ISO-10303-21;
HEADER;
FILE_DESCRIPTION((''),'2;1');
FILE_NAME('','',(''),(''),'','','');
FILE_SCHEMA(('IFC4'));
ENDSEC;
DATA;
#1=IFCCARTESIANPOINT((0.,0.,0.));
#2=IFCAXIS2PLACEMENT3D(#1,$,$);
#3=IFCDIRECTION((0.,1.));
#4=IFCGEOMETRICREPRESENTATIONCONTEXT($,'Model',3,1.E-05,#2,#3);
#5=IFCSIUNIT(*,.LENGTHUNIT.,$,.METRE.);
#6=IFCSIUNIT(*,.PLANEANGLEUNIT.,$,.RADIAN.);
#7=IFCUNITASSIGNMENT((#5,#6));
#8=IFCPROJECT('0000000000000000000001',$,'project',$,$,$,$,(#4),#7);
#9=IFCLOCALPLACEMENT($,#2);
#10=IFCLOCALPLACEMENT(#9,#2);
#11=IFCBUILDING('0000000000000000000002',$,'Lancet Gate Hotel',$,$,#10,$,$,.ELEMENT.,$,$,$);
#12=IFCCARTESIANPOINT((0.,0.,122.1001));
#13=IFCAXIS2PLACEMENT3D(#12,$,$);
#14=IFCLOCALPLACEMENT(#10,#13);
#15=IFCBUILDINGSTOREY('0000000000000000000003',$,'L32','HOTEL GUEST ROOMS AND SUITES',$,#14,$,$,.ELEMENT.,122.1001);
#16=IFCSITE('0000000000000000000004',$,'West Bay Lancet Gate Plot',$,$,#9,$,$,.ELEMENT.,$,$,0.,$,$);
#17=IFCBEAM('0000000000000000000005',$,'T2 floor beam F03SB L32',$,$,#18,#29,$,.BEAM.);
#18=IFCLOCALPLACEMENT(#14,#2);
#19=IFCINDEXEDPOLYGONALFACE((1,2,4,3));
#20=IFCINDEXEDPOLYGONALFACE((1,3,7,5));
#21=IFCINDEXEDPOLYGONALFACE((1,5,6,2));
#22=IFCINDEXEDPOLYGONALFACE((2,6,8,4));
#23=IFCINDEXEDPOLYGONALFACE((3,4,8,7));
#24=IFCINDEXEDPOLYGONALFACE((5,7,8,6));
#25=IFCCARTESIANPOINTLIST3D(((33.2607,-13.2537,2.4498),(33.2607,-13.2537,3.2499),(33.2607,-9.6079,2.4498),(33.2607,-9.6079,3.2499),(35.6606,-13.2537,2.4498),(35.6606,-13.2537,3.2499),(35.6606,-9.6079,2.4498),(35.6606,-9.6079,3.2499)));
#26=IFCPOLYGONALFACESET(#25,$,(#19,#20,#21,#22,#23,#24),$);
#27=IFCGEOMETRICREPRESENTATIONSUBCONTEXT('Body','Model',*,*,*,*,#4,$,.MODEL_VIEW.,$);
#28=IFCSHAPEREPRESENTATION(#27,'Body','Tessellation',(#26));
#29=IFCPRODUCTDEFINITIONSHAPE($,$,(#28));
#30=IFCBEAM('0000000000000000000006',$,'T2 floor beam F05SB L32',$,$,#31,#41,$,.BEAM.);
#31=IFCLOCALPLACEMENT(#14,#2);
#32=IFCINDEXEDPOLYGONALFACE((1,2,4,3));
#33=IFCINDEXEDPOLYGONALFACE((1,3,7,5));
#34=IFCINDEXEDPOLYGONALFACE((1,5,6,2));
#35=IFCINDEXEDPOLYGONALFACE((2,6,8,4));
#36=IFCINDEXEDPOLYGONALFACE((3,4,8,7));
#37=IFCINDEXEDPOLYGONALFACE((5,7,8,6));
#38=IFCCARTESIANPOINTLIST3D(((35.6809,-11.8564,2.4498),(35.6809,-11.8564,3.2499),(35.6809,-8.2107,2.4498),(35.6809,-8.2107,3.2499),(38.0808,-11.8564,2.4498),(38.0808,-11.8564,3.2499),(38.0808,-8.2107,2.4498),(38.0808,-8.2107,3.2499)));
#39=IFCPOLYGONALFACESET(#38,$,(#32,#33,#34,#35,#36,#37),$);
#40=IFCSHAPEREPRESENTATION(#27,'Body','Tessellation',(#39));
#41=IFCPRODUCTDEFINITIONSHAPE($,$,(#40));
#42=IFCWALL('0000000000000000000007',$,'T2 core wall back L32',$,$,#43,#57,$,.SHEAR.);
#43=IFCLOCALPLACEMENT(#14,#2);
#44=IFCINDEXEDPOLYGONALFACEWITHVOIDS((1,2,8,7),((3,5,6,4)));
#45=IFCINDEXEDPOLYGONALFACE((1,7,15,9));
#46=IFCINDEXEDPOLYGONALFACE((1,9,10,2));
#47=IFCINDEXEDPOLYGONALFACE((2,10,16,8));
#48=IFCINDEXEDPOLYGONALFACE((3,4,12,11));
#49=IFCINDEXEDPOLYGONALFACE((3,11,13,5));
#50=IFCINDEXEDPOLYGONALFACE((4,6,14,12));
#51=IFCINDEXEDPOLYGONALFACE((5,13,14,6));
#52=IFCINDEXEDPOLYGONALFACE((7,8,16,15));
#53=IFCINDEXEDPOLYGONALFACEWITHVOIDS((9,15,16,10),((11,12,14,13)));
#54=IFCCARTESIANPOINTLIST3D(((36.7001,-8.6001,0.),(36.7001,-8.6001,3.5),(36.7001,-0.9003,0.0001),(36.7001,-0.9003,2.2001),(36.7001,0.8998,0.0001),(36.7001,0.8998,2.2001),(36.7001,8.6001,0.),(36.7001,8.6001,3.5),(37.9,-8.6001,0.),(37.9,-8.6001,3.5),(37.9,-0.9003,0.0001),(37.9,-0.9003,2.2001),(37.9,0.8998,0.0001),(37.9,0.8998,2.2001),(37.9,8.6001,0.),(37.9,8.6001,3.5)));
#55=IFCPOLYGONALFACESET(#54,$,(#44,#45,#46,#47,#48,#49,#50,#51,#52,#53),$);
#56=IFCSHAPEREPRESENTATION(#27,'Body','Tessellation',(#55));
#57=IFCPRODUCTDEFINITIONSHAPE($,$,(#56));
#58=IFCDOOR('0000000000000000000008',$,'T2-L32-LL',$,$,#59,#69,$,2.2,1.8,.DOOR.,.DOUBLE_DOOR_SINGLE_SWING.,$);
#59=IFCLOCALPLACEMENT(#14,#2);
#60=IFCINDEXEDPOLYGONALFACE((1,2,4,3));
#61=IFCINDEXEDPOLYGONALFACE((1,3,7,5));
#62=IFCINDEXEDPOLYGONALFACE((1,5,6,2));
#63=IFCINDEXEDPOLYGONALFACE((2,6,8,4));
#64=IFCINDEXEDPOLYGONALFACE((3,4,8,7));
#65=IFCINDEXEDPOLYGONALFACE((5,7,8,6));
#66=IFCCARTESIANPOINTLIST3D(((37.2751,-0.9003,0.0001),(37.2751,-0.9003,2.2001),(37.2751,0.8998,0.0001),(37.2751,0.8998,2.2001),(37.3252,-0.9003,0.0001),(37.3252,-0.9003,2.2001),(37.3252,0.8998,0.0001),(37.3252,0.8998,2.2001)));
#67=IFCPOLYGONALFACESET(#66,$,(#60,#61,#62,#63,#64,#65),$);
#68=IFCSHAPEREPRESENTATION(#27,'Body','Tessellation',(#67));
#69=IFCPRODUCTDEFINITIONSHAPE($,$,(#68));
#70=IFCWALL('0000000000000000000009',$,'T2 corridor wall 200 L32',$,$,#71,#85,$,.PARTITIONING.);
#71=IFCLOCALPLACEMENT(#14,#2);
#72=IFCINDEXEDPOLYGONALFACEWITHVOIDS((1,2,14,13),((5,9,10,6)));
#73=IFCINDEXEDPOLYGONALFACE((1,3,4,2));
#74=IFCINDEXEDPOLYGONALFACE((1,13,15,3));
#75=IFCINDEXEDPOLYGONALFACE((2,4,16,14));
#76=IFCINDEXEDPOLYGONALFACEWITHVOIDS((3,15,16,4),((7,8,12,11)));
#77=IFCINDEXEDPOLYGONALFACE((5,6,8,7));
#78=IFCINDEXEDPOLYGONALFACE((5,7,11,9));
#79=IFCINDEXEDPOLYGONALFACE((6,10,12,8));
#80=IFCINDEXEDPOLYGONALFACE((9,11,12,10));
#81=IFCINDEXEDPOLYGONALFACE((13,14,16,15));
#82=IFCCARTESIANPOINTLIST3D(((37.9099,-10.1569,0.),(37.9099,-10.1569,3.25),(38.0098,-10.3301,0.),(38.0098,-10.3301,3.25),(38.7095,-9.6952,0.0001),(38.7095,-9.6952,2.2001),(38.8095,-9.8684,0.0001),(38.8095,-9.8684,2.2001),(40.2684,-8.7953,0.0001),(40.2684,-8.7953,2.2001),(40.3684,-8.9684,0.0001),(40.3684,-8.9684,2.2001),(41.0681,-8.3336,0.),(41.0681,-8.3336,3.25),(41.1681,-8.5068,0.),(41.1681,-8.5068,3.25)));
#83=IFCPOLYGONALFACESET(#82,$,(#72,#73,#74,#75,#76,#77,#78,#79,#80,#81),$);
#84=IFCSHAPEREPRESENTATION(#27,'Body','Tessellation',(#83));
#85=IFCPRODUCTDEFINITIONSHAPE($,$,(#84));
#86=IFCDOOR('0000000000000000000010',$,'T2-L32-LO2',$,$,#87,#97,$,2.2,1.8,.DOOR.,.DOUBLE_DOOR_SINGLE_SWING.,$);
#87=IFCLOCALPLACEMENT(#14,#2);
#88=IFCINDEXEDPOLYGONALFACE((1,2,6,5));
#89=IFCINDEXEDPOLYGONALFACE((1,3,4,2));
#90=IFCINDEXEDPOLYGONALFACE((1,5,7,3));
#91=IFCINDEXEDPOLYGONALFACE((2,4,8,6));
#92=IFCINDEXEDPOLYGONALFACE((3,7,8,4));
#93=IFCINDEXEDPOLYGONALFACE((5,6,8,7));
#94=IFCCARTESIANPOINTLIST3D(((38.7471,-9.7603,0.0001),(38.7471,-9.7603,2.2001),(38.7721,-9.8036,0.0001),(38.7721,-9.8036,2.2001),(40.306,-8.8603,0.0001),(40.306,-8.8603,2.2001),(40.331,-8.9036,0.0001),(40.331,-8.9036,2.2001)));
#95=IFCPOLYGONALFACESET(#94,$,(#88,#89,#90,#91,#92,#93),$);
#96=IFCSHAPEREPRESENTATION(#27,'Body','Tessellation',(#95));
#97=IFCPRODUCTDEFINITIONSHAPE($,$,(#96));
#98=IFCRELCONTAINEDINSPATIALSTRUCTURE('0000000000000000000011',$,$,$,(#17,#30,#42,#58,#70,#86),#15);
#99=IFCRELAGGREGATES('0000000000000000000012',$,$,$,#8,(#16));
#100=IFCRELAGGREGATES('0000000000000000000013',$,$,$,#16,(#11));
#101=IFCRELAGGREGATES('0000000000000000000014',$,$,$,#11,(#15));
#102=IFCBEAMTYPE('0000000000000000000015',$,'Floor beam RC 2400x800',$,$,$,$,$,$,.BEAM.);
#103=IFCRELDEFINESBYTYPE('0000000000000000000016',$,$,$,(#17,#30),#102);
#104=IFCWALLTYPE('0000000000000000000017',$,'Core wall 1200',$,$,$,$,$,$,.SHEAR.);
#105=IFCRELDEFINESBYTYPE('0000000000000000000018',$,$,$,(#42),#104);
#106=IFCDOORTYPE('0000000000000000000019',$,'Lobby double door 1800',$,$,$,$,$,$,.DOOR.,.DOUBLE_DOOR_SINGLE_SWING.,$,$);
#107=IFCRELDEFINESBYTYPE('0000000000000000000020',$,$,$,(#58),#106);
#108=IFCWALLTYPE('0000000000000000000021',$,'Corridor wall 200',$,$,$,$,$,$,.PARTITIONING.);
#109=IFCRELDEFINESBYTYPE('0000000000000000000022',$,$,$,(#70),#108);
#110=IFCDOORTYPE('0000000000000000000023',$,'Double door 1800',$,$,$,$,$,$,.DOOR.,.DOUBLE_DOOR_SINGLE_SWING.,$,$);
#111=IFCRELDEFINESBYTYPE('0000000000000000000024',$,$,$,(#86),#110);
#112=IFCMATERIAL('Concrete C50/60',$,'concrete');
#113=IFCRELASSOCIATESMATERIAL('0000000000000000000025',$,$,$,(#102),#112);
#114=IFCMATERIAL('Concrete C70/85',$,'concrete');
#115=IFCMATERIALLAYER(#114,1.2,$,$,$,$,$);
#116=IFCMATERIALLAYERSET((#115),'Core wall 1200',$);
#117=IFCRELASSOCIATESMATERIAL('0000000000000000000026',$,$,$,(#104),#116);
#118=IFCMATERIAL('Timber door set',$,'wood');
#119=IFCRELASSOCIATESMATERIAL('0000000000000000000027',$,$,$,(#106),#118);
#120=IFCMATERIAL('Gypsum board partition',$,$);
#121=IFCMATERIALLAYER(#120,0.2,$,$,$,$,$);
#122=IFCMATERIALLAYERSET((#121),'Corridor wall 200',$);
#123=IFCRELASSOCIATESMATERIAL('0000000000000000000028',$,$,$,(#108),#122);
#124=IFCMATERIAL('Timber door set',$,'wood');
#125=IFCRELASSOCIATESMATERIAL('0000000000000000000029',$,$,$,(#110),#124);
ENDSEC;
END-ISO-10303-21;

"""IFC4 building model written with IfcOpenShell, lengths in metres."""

from ifc_helpers import new_model, si_unit, direction, frame, frame_2d, origin, origin_2d, place, context, subcontext, project, spatial, rectangle, extrude, material, layer, layer_set, material_profile, profile_set, type_object, element, fill, save


model = new_model("IFC4")

# Units and contexts
model_context = context("Model", 3, precision=1e-05, world=origin(), true_north=direction((0.0, 1.0)))
body_context = subcontext(model_context, "Body", "Model", "MODEL_VIEW")
ifc_project = project(units=[si_unit("LENGTHUNIT", "METRE"), si_unit("PLANEANGLEUNIT", "RADIAN")], contexts=[model_context])

# Site, building, storey
site_placement = place(None, origin())
site = spatial("IfcSite", under=ifc_project, at=site_placement, Name="West Bay Lancet Gate Plot", CompositionType="ELEMENT", RefElevation=0.0)
building_placement = place(site_placement, origin())
building = spatial("IfcBuilding", under=site, at=building_placement, Name="Lancet Gate Hotel", CompositionType="ELEMENT")
storey_placement = place(building_placement, frame((0.0, 0.0, 122.1001)))
storey = spatial("IfcBuildingStorey", under=building, at=storey_placement, Name="L32", Description="HOTEL GUEST ROOMS AND SUITES", CompositionType="ELEMENT", Elevation=122.1001)

# Beams
ifc_material_1 = material(Name="Concrete C50/60", Category="concrete")
ifc_material_profile = material_profile(ifc_material_1, rectangle(XDim=2.3999, YDim=0.8, at=origin_2d()), Name="RC 2400x800")
ifc_profile_set = profile_set([ifc_material_profile], Name="Concrete C50/60")
beam_type = type_object("IfcBeamType", Name="Floor beam RC 2400x800", PredefinedType="BEAM", material=ifc_profile_set)
for number, where, z_axis, x_axis, name in (
    (1, (34.4607, -13.2537, 2.8499), (0.0, 1.0, 0.0), (-1.0, 0.0, 0.0), "T2 floor beam F03SB L32"),
    (2, (36.8809, -11.8564, 2.8499), (0.0, 1.0, 0.0), (-1.0, 0.0, 0.0), "T2 floor beam F05SB L32"),
):
    element("IfcBeam", number, at=place(storey_placement, frame(where, z_axis=z_axis, x_axis=x_axis)), inside=storey, type_object=beam_type, Name=name, PredefinedType="BEAM", context=body_context, shape_type="SweptSolid", body=[
        extrude(rectangle(XDim=2.3999, YDim=0.8, at=origin_2d()), origin(), (0.0, 0.0, 1.0), 3.6458),
    ])

# Walls, openings, doors
ifc_material_2 = material(Name="Concrete C70/85", Category="concrete")
ifc_layer_1 = layer(ifc_material_2, 1.2)
ifc_layer_set_1 = layer_set([ifc_layer_1], Name="Core wall 1200")
wall_type_1 = type_object("IfcWallType", Name="Core wall 1200", PredefinedType="SHEAR", material=ifc_layer_set_1)
wall_1_placement = place(storey_placement, frame((37.3, -8.6001, 0.0), z_axis=(0.0, 0.0, 1.0), x_axis=(0.0, 1.0, 0.0)))
wall_1 = element("IfcWall", 3, at=wall_1_placement, inside=storey, type_object=wall_type_1, Name="T2 core wall back L32", PredefinedType="SHEAR", context=body_context, shape_type="SweptSolid", body=[
    extrude(rectangle(XDim=17.2002, YDim=1.2, at=frame_2d((8.6001, 0.0))), origin(), (0.0, 0.0, 1.0), 3.5),
])
opening_1_placement = place(wall_1_placement, frame((7.7, 0.0, 0.0)))
opening_1 = element("IfcOpeningElement", 4, at=opening_1_placement, cuts=wall_1, PredefinedType="OPENING", context=body_context, shape_type="SweptSolid", body=[
    extrude(rectangle(XDim=1.8, YDim=2.2, at=frame_2d((0.8999, 1.1001))), frame((0.0, 0.6099, 0.0), z_axis=(0.0, -1.0, 0.0), x_axis=(1.0, 0.0, 0.0)), (0.0, 0.0, 1.0), 1.22),
])
ifc_material_3 = material(Name="Timber door set", Category="wood")
door_type_1 = type_object("IfcDoorType", Name="Lobby double door 1800", OperationType="DOUBLE_DOOR_SINGLE_SWING", PredefinedType="DOOR", material=ifc_material_3)
door_1_placement = place(opening_1_placement, origin())
door_1 = element("IfcDoor", 5, at=door_1_placement, inside=storey, type_object=door_type_1, Name="T2-L32-LL", OperationType="DOUBLE_DOOR_SINGLE_SWING", OverallHeight=2.2, OverallWidth=1.8, PredefinedType="DOOR", context=body_context, shape_type="SweptSolid", body=[
    extrude(rectangle(XDim=1.8, YDim=2.2, at=frame_2d((0.8999, 1.1001))), frame((0.0, 0.0249, 0.0), z_axis=(0.0, -1.0, 0.0), x_axis=(1.0, 0.0, 0.0)), (0.0, 0.0, 1.0), 0.05),
])
fill(opening_1, door_1)
ifc_material_4 = material(Name="Gypsum board partition")
ifc_layer_2 = layer(ifc_material_4, 0.2)
ifc_layer_set_2 = layer_set([ifc_layer_2], Name="Corridor wall 200")
wall_type_2 = type_object("IfcWallType", Name="Corridor wall 200", PredefinedType="PARTITIONING", material=ifc_layer_set_2)
wall_2_placement = place(storey_placement, frame((37.96, -10.2434, 0.0), z_axis=(0.0, 0.0, 1.0), x_axis=(0.866043, 0.49997, 0.0)))
wall_2 = element("IfcWall", 6, at=wall_2_placement, inside=storey, type_object=wall_type_2, Name="T2 corridor wall 200 L32", PredefinedType="PARTITIONING", context=body_context, shape_type="SweptSolid", body=[
    extrude(rectangle(XDim=3.6467, YDim=0.2, at=frame_2d((1.8232, 0.0))), origin(), (0.0, 0.0, 1.0), 3.25),
])
opening_2_placement = place(wall_2_placement, frame((0.9233, 0.0, 0.0)))
opening_2 = element("IfcOpeningElement", 7, at=opening_2_placement, cuts=wall_2, PredefinedType="OPENING", context=body_context, shape_type="SweptSolid", body=[
    extrude(rectangle(XDim=1.8, YDim=2.2, at=frame_2d((0.8999, 1.1001))), frame((0.0, 0.1099, 0.0), z_axis=(0.0, -1.0, 0.0), x_axis=(1.0, 0.0, 0.0)), (0.0, 0.0, 1.0), 0.22),
])
ifc_material_5 = material(Name="Timber door set", Category="wood")
door_type_2 = type_object("IfcDoorType", Name="Double door 1800", OperationType="DOUBLE_DOOR_SINGLE_SWING", PredefinedType="DOOR", material=ifc_material_5)
door_2_placement = place(opening_2_placement, origin())
door_2 = element("IfcDoor", 8, at=door_2_placement, inside=storey, type_object=door_type_2, Name="T2-L32-LO2", OperationType="DOUBLE_DOOR_SINGLE_SWING", OverallHeight=2.2, OverallWidth=1.8, PredefinedType="DOOR", context=body_context, shape_type="SweptSolid", body=[
    extrude(rectangle(XDim=1.8, YDim=2.2, at=frame_2d((0.8999, 1.1001))), frame((0.0, 0.0249, 0.0), z_axis=(0.0, -1.0, 0.0), x_axis=(1.0, 0.0, 0.0)), (0.0, 0.0, 1.0), 0.05),
])
fill(opening_2, door_2)

save(model, "model.ifc")
